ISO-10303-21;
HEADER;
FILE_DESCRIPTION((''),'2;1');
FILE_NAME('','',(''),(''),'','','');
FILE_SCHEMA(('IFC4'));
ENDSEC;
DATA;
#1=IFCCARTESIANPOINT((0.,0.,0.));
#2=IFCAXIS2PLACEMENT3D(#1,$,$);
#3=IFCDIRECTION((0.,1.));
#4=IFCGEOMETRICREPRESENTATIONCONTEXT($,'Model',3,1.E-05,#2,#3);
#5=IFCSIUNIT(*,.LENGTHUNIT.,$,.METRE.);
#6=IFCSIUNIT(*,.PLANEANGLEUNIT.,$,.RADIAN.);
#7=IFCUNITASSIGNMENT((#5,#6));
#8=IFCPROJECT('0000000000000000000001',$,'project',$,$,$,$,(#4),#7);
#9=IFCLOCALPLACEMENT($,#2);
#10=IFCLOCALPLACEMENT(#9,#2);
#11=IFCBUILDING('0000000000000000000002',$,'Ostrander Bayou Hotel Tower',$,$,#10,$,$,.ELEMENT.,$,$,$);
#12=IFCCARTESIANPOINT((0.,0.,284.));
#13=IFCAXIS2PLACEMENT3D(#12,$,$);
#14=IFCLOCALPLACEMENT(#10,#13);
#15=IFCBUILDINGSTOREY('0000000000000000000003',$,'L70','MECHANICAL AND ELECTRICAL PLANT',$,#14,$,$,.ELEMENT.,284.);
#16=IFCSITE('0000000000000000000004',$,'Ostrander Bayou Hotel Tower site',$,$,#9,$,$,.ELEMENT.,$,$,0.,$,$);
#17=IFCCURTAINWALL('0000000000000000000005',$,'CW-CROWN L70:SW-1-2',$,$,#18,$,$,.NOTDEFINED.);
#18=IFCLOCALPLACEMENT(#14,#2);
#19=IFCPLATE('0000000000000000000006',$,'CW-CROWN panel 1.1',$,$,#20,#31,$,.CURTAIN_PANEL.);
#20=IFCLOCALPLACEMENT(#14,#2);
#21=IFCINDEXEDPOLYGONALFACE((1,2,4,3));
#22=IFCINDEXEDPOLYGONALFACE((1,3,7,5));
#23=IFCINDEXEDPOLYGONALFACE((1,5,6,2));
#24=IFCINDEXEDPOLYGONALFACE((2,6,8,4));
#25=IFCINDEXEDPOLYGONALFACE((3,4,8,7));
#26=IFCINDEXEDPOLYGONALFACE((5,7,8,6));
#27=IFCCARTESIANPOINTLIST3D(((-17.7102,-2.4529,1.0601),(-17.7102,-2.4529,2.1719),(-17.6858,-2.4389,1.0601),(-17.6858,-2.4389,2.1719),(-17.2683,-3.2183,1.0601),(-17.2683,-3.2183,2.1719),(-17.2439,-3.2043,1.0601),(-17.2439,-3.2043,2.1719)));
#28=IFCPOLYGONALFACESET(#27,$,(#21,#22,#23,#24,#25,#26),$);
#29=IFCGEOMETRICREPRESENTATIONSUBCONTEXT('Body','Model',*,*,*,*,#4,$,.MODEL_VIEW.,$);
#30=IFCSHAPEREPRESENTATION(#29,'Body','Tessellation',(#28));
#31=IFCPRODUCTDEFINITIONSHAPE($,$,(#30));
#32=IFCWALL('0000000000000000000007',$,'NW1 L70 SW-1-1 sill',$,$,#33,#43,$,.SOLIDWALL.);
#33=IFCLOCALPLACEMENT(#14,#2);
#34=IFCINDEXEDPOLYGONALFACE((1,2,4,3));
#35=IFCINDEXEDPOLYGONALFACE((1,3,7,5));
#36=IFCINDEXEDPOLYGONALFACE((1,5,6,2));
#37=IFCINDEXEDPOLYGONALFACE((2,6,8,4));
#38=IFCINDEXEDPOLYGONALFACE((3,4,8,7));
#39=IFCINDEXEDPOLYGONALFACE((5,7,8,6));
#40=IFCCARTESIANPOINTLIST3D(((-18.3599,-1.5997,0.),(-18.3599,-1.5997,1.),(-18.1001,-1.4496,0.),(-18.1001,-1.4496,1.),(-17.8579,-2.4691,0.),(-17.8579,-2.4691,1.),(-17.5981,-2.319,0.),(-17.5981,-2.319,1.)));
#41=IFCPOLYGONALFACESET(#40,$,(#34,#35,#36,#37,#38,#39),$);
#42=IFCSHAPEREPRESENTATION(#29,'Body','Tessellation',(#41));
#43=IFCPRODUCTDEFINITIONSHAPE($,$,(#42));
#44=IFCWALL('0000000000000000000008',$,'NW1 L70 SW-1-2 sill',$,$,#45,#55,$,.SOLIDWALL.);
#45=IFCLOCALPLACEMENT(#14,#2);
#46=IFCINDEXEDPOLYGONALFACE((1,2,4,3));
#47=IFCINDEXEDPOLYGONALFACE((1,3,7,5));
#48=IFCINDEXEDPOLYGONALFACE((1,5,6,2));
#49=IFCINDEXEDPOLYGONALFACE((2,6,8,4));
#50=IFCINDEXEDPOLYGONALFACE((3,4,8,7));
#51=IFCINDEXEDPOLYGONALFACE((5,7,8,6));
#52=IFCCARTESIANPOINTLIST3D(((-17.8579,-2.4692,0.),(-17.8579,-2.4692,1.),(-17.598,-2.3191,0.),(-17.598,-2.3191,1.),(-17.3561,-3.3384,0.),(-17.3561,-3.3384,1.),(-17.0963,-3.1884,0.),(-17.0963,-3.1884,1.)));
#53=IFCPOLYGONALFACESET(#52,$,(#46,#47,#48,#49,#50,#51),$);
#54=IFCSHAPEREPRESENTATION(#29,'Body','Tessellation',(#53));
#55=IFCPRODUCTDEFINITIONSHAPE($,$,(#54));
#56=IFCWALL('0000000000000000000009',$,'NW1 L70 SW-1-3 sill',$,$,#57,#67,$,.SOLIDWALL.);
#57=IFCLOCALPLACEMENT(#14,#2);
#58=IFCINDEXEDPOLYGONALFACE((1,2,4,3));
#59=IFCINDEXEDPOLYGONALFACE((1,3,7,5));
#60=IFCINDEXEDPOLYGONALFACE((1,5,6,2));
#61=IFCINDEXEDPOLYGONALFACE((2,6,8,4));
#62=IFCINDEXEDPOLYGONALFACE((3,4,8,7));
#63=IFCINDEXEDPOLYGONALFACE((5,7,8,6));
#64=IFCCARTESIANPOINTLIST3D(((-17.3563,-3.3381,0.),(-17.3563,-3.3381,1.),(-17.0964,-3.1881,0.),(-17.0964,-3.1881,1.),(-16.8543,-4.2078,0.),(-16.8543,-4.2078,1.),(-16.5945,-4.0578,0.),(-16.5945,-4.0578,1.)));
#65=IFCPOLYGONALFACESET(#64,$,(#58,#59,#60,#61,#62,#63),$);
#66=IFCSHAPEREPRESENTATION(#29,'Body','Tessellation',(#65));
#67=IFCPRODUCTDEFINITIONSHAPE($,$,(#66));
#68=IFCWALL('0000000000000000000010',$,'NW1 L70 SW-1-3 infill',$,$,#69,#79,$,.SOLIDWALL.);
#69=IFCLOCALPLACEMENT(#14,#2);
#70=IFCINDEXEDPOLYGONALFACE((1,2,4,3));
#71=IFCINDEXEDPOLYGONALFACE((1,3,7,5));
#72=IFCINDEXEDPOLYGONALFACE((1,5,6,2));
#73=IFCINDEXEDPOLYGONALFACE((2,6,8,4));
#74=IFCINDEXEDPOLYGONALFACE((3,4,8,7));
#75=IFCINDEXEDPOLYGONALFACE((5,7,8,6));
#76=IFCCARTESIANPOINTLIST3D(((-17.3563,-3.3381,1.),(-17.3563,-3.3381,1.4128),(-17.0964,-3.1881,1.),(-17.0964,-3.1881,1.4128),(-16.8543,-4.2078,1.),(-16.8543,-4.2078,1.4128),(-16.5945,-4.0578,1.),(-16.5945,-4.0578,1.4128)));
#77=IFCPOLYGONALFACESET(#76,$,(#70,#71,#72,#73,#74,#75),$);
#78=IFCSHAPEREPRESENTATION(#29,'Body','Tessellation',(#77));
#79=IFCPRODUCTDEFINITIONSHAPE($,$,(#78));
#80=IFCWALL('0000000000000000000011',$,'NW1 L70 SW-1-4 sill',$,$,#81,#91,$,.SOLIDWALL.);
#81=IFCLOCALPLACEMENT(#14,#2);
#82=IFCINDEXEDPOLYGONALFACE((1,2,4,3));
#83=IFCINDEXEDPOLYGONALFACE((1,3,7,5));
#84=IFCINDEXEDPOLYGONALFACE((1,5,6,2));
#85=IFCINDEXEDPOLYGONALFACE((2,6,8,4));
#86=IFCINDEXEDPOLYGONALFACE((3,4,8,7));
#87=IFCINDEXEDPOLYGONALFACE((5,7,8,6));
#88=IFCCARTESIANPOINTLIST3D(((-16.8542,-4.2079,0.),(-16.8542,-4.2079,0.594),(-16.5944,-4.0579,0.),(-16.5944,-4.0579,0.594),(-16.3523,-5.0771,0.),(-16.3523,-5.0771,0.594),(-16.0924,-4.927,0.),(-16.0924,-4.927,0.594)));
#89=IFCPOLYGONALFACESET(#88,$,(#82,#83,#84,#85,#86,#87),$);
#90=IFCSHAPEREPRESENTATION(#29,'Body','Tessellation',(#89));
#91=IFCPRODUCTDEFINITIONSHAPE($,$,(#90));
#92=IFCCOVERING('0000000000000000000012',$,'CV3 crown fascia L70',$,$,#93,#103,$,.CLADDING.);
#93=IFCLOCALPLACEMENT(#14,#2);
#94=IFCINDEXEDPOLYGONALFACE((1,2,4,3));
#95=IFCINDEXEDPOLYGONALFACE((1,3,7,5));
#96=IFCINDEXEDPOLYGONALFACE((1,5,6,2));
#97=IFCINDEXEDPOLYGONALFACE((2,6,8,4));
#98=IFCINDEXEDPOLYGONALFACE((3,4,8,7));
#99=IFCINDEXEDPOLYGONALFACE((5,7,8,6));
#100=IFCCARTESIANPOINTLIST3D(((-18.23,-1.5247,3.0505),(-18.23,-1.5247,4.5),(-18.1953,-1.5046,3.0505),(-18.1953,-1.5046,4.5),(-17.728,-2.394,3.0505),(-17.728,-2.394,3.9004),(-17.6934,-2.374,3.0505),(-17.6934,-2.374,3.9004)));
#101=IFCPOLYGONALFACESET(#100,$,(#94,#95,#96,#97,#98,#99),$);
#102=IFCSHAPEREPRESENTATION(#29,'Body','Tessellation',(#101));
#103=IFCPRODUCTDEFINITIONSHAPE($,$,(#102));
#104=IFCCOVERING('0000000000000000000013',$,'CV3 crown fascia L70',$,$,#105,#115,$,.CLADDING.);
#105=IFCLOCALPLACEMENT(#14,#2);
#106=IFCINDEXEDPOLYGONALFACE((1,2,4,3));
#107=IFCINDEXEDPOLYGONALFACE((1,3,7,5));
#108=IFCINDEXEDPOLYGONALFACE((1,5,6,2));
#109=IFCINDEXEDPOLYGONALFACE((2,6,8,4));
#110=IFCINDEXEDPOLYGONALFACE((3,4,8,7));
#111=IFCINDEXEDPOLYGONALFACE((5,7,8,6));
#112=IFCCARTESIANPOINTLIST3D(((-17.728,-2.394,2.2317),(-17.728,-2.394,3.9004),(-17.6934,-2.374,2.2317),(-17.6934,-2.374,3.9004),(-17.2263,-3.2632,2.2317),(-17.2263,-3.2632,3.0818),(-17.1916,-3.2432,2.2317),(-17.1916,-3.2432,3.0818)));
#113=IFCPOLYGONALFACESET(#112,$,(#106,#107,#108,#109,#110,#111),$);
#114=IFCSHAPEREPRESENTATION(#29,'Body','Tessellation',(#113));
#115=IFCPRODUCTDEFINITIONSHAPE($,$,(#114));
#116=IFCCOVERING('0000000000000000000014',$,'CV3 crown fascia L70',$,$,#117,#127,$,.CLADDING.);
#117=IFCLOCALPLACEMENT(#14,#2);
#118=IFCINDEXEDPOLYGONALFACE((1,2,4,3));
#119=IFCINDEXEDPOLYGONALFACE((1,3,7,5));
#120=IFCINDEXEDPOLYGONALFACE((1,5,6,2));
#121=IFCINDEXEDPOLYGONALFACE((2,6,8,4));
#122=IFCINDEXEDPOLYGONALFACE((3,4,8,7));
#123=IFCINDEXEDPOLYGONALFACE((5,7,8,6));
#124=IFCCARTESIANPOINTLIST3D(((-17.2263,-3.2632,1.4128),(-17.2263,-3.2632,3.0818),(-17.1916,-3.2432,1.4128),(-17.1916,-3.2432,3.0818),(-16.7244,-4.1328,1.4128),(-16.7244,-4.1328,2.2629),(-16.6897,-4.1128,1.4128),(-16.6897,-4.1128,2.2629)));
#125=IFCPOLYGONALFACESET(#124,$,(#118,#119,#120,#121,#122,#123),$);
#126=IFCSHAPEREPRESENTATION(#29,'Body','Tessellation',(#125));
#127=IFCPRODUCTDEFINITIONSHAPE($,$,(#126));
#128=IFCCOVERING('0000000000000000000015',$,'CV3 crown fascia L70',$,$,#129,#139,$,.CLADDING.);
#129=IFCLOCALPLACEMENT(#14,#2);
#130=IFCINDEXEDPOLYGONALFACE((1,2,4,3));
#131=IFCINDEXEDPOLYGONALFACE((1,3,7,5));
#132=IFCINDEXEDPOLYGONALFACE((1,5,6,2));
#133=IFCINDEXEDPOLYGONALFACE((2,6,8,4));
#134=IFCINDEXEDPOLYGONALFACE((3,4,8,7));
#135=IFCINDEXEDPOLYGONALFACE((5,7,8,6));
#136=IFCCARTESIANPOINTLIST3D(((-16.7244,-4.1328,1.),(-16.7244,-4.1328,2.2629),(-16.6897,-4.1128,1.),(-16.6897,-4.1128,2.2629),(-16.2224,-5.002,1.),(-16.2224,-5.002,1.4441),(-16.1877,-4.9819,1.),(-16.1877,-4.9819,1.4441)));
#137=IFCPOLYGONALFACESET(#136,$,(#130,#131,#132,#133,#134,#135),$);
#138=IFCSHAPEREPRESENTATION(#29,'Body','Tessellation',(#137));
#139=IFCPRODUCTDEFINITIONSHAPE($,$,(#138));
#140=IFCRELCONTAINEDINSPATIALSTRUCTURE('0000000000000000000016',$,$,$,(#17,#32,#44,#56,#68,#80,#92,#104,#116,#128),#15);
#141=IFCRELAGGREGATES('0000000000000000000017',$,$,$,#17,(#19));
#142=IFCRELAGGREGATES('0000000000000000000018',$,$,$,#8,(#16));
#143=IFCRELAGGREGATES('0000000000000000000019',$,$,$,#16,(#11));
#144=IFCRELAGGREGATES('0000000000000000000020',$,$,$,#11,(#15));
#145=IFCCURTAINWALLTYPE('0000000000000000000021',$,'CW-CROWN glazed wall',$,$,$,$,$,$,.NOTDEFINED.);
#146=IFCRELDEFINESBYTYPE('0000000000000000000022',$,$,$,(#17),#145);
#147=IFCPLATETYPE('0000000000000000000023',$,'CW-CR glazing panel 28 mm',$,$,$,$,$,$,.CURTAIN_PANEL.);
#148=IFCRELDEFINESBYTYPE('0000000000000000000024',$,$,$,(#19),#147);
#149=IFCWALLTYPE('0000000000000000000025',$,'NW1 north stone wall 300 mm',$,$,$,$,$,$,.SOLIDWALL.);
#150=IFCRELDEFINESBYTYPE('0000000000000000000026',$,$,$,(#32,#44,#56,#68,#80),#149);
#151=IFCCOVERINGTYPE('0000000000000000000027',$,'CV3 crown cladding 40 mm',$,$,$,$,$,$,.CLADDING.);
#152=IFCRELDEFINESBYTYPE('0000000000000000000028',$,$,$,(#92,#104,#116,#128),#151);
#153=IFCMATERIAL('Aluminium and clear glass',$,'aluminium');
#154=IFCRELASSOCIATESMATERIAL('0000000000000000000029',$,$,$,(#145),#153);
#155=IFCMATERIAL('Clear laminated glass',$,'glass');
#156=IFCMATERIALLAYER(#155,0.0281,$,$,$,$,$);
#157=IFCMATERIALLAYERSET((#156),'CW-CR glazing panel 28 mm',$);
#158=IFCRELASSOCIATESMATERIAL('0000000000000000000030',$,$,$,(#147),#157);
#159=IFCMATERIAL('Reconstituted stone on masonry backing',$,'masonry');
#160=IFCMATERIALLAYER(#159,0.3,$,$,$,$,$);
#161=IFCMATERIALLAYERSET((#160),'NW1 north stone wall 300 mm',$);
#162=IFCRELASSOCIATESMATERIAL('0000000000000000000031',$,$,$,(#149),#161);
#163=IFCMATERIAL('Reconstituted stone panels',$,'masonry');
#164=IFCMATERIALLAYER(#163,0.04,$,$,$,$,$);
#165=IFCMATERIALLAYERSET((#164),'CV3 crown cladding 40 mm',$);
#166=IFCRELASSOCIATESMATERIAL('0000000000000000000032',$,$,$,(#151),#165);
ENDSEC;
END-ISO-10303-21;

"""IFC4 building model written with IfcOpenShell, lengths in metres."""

from ifc_helpers import new_model, si_unit, direction, frame, frame_2d, origin, origin_2d, place, context, subcontext, project, spatial, polyline, rectangle, outline, extrude, material, layer, layer_set, type_object, element, aggregate, save


model = new_model("IFC4")

# Units and contexts
model_context = context("Model", 3, precision=1e-05, world=origin(), true_north=direction((0.0, 1.0)))
body_context = subcontext(model_context, "Body", "Model", "MODEL_VIEW")
ifc_project = project(units=[si_unit("LENGTHUNIT", "METRE"), si_unit("PLANEANGLEUNIT", "RADIAN")], contexts=[model_context])

# Site, building, storey
site_placement = place(None, origin())
site = spatial("IfcSite", under=ifc_project, at=site_placement, Name="Ostrander Bayou Hotel Tower site", CompositionType="ELEMENT", RefElevation=0.0)
building_placement = place(site_placement, origin())
building = spatial("IfcBuilding", under=site, at=building_placement, Name="Ostrander Bayou Hotel Tower", CompositionType="ELEMENT")
storey_placement = place(building_placement, frame((0.0, 0.0, 284.0)))
storey = spatial("IfcBuildingStorey", under=building, at=storey_placement, Name="L70", Description="MECHANICAL AND ELECTRICAL PLANT", CompositionType="ELEMENT", Elevation=284.0)

# Curtain wall
ifc_material_1 = material(Name="Aluminium and clear glass", Category="aluminium")
curtain_wall_type = type_object("IfcCurtainWallType", Name="CW-CROWN glazed wall", PredefinedType="NOTDEFINED", material=ifc_material_1)
curtain_wall_1_placement = place(storey_placement, origin())
curtain_wall_1 = element("IfcCurtainWall", 1, at=curtain_wall_1_placement, inside=storey, type_object=curtain_wall_type, Name="CW-CROWN L70:SW-1-2", PredefinedType="NOTDEFINED")

# Plate
ifc_material_2 = material(Name="Clear laminated glass", Category="glass")
ifc_layer_1 = layer(ifc_material_2, 0.0281)
ifc_layer_set_1 = layer_set([ifc_layer_1], Name="CW-CR glazing panel 28 mm")
plate_type = type_object("IfcPlateType", Name="CW-CR glazing panel 28 mm", PredefinedType="CURTAIN_PANEL", material=ifc_layer_set_1)
plate_1_placement = place(storey_placement, frame((-17.4771, -2.8286, 1.0601), z_axis=(0.0, 0.0, 1.0), x_axis=(0.500007, -0.866021, 0.0)))
plate_1 = element("IfcPlate", 2, at=plate_1_placement, type_object=plate_type, Name="CW-CROWN panel 1.1", PredefinedType="CURTAIN_PANEL", context=body_context, shape_type="SweptSolid", body=[
    extrude(rectangle(XDim=0.8838, YDim=0.0281, at=origin_2d()), origin(), (0.0, 0.0, 1.0), 1.1118),
])
aggregate(curtain_wall_1, [plate_1])

# Walls
ifc_material_3 = material(Name="Reconstituted stone on masonry backing", Category="masonry")
ifc_layer_2 = layer(ifc_material_3, 0.3)
ifc_layer_set_2 = layer_set([ifc_layer_2], Name="NW1 north stone wall 300 mm")
wall_type = type_object("IfcWallType", Name="NW1 north stone wall 300 mm", PredefinedType="SOLIDWALL", material=ifc_layer_set_2)
wall_1_placement = place(storey_placement, frame((-18.23, -1.5247, 0.0), z_axis=(0.0, 0.0, 1.0), x_axis=(0.50001, -0.86602, 0.0)))
element("IfcWall", 3, at=wall_1_placement, inside=storey, type_object=wall_type, Name="NW1 L70 SW-1-1 sill", PredefinedType="SOLIDWALL", context=body_context, shape_type="SweptSolid", body=[
    extrude(rectangle(XDim=1.0039, YDim=0.3, at=frame_2d((0.502, 0.0))), origin(), (0.0, 0.0, 1.0), 1.0),
])
wall_2_placement = place(storey_placement, frame((-17.728, -2.394, 0.0), z_axis=(0.0, 0.0, 1.0), x_axis=(0.499933, -0.866064, 0.0)))
element("IfcWall", 4, at=wall_2_placement, inside=storey, type_object=wall_type, Name="NW1 L70 SW-1-2 sill", PredefinedType="SOLIDWALL", context=body_context, shape_type="SweptSolid", body=[
    extrude(rectangle(XDim=1.0037, YDim=0.3, at=frame_2d((0.502, 0.0))), origin(), (0.0, 0.0, 1.0), 1.0),
])
wall_3_placement = place(storey_placement, frame((-17.2263, -3.2632, 0.0), z_axis=(0.0, 0.0, 1.0), x_axis=(0.499905, -0.86608, 0.0)))
element("IfcWall", 5, at=wall_3_placement, inside=storey, type_object=wall_type, Name="NW1 L70 SW-1-3 sill", PredefinedType="SOLIDWALL", context=body_context, shape_type="SweptSolid", body=[
    extrude(rectangle(XDim=1.0042, YDim=0.3, at=frame_2d((0.502, 0.0))), origin(), (0.0, 0.0, 1.0), 1.0),
])
wall_4_placement = place(storey_placement, frame((-17.2263, -3.2632, 1.0), z_axis=(0.0, 0.0, 1.0), x_axis=(0.499905, -0.86608, 0.0)))
element("IfcWall", 6, at=wall_4_placement, inside=storey, type_object=wall_type, Name="NW1 L70 SW-1-3 infill", PredefinedType="SOLIDWALL", context=body_context, shape_type="SweptSolid", body=[
    extrude(rectangle(XDim=1.0042, YDim=0.3, at=frame_2d((0.502, 0.0))), origin(), (0.0, 0.0, 1.0), 0.4128),
])
wall_5_placement = place(storey_placement, frame((-16.7244, -4.1328, 0.0), z_axis=(0.0, 0.0, 1.0), x_axis=(0.500115, -0.865959, 0.0)))
element("IfcWall", 7, at=wall_5_placement, inside=storey, type_object=wall_type, Name="NW1 L70 SW-1-4 sill", PredefinedType="SOLIDWALL", context=body_context, shape_type="SweptSolid", body=[
    extrude(rectangle(XDim=1.0037, YDim=0.3, at=frame_2d((0.502, 0.0))), origin(), (0.0, 0.0, 1.0), 0.594),
])

# Coverings
ifc_material_4 = material(Name="Reconstituted stone panels", Category="masonry")
ifc_layer_3 = layer(ifc_material_4, 0.04)
ifc_layer_set_3 = layer_set([ifc_layer_3], Name="CV3 crown cladding 40 mm")
covering_type = type_object("IfcCoveringType", Name="CV3 crown cladding 40 mm", PredefinedType="CLADDING", material=ifc_layer_set_3)
covering_1_placement = place(storey_placement, frame((-18.23, -1.5247, 3.0505), z_axis=(-0.86602, -0.50001, 0.0), x_axis=(0.50001, -0.86602, 0.0)))
element("IfcCovering", 8, at=covering_1_placement, inside=storey, type_object=covering_type, Name="CV3 crown fascia L70", PredefinedType="CLADDING", context=body_context, shape_type="SweptSolid", body=[
    extrude(outline(polyline([(0.0, 0.0), (1.0039, 0.0), (1.0039, 0.8499), (0.0, 1.4495), (0.0, 0.0)])), origin(), (0.0, 0.0, -1.0), 0.04),
])
covering_2_placement = place(storey_placement, frame((-17.728, -2.394, 2.2317), z_axis=(-0.866064, -0.499933, 0.0), x_axis=(0.499933, -0.866064, 0.0)))
element("IfcCovering", 9, at=covering_2_placement, inside=storey, type_object=covering_type, Name="CV3 crown fascia L70", PredefinedType="CLADDING", context=body_context, shape_type="SweptSolid", body=[
    extrude(outline(polyline([(0.0, 0.0), (1.0036, 0.0), (1.0036, 0.8501), (0.0, 1.6687), (0.0, 0.0)])), origin(), (0.0, 0.0, -1.0), 0.04),
])
covering_3_placement = place(storey_placement, frame((-17.2263, -3.2632, 1.4128), z_axis=(-0.86608, -0.499905, 0.0), x_axis=(0.499905, -0.86608, 0.0)))
element("IfcCovering", 10, at=covering_3_placement, inside=storey, type_object=covering_type, Name="CV3 crown fascia L70", PredefinedType="CLADDING", context=body_context, shape_type="SweptSolid", body=[
    extrude(outline(polyline([(0.0, 0.0), (1.0041, 0.0), (1.0041, 0.8501), (0.0, 1.6689), (0.0, 0.0)])), origin(), (0.0, 0.0, -1.0), 0.04),
])
covering_4_placement = place(storey_placement, frame((-16.7244, -4.1328, 1.0), z_axis=(-0.865959, -0.500115, 0.0), x_axis=(0.500115, -0.865959, 0.0)))
element("IfcCovering", 11, at=covering_4_placement, inside=storey, type_object=covering_type, Name="CV3 crown fascia L70", PredefinedType="CLADDING", context=body_context, shape_type="SweptSolid", body=[
    extrude(outline(polyline([(0.0, 0.0), (1.0037, 0.0), (1.0037, 0.4441), (0.0, 1.2629), (0.0, 0.0)])), origin(), (0.0, 0.0, -1.0), 0.04),
])

save(model, "model.ifc")
